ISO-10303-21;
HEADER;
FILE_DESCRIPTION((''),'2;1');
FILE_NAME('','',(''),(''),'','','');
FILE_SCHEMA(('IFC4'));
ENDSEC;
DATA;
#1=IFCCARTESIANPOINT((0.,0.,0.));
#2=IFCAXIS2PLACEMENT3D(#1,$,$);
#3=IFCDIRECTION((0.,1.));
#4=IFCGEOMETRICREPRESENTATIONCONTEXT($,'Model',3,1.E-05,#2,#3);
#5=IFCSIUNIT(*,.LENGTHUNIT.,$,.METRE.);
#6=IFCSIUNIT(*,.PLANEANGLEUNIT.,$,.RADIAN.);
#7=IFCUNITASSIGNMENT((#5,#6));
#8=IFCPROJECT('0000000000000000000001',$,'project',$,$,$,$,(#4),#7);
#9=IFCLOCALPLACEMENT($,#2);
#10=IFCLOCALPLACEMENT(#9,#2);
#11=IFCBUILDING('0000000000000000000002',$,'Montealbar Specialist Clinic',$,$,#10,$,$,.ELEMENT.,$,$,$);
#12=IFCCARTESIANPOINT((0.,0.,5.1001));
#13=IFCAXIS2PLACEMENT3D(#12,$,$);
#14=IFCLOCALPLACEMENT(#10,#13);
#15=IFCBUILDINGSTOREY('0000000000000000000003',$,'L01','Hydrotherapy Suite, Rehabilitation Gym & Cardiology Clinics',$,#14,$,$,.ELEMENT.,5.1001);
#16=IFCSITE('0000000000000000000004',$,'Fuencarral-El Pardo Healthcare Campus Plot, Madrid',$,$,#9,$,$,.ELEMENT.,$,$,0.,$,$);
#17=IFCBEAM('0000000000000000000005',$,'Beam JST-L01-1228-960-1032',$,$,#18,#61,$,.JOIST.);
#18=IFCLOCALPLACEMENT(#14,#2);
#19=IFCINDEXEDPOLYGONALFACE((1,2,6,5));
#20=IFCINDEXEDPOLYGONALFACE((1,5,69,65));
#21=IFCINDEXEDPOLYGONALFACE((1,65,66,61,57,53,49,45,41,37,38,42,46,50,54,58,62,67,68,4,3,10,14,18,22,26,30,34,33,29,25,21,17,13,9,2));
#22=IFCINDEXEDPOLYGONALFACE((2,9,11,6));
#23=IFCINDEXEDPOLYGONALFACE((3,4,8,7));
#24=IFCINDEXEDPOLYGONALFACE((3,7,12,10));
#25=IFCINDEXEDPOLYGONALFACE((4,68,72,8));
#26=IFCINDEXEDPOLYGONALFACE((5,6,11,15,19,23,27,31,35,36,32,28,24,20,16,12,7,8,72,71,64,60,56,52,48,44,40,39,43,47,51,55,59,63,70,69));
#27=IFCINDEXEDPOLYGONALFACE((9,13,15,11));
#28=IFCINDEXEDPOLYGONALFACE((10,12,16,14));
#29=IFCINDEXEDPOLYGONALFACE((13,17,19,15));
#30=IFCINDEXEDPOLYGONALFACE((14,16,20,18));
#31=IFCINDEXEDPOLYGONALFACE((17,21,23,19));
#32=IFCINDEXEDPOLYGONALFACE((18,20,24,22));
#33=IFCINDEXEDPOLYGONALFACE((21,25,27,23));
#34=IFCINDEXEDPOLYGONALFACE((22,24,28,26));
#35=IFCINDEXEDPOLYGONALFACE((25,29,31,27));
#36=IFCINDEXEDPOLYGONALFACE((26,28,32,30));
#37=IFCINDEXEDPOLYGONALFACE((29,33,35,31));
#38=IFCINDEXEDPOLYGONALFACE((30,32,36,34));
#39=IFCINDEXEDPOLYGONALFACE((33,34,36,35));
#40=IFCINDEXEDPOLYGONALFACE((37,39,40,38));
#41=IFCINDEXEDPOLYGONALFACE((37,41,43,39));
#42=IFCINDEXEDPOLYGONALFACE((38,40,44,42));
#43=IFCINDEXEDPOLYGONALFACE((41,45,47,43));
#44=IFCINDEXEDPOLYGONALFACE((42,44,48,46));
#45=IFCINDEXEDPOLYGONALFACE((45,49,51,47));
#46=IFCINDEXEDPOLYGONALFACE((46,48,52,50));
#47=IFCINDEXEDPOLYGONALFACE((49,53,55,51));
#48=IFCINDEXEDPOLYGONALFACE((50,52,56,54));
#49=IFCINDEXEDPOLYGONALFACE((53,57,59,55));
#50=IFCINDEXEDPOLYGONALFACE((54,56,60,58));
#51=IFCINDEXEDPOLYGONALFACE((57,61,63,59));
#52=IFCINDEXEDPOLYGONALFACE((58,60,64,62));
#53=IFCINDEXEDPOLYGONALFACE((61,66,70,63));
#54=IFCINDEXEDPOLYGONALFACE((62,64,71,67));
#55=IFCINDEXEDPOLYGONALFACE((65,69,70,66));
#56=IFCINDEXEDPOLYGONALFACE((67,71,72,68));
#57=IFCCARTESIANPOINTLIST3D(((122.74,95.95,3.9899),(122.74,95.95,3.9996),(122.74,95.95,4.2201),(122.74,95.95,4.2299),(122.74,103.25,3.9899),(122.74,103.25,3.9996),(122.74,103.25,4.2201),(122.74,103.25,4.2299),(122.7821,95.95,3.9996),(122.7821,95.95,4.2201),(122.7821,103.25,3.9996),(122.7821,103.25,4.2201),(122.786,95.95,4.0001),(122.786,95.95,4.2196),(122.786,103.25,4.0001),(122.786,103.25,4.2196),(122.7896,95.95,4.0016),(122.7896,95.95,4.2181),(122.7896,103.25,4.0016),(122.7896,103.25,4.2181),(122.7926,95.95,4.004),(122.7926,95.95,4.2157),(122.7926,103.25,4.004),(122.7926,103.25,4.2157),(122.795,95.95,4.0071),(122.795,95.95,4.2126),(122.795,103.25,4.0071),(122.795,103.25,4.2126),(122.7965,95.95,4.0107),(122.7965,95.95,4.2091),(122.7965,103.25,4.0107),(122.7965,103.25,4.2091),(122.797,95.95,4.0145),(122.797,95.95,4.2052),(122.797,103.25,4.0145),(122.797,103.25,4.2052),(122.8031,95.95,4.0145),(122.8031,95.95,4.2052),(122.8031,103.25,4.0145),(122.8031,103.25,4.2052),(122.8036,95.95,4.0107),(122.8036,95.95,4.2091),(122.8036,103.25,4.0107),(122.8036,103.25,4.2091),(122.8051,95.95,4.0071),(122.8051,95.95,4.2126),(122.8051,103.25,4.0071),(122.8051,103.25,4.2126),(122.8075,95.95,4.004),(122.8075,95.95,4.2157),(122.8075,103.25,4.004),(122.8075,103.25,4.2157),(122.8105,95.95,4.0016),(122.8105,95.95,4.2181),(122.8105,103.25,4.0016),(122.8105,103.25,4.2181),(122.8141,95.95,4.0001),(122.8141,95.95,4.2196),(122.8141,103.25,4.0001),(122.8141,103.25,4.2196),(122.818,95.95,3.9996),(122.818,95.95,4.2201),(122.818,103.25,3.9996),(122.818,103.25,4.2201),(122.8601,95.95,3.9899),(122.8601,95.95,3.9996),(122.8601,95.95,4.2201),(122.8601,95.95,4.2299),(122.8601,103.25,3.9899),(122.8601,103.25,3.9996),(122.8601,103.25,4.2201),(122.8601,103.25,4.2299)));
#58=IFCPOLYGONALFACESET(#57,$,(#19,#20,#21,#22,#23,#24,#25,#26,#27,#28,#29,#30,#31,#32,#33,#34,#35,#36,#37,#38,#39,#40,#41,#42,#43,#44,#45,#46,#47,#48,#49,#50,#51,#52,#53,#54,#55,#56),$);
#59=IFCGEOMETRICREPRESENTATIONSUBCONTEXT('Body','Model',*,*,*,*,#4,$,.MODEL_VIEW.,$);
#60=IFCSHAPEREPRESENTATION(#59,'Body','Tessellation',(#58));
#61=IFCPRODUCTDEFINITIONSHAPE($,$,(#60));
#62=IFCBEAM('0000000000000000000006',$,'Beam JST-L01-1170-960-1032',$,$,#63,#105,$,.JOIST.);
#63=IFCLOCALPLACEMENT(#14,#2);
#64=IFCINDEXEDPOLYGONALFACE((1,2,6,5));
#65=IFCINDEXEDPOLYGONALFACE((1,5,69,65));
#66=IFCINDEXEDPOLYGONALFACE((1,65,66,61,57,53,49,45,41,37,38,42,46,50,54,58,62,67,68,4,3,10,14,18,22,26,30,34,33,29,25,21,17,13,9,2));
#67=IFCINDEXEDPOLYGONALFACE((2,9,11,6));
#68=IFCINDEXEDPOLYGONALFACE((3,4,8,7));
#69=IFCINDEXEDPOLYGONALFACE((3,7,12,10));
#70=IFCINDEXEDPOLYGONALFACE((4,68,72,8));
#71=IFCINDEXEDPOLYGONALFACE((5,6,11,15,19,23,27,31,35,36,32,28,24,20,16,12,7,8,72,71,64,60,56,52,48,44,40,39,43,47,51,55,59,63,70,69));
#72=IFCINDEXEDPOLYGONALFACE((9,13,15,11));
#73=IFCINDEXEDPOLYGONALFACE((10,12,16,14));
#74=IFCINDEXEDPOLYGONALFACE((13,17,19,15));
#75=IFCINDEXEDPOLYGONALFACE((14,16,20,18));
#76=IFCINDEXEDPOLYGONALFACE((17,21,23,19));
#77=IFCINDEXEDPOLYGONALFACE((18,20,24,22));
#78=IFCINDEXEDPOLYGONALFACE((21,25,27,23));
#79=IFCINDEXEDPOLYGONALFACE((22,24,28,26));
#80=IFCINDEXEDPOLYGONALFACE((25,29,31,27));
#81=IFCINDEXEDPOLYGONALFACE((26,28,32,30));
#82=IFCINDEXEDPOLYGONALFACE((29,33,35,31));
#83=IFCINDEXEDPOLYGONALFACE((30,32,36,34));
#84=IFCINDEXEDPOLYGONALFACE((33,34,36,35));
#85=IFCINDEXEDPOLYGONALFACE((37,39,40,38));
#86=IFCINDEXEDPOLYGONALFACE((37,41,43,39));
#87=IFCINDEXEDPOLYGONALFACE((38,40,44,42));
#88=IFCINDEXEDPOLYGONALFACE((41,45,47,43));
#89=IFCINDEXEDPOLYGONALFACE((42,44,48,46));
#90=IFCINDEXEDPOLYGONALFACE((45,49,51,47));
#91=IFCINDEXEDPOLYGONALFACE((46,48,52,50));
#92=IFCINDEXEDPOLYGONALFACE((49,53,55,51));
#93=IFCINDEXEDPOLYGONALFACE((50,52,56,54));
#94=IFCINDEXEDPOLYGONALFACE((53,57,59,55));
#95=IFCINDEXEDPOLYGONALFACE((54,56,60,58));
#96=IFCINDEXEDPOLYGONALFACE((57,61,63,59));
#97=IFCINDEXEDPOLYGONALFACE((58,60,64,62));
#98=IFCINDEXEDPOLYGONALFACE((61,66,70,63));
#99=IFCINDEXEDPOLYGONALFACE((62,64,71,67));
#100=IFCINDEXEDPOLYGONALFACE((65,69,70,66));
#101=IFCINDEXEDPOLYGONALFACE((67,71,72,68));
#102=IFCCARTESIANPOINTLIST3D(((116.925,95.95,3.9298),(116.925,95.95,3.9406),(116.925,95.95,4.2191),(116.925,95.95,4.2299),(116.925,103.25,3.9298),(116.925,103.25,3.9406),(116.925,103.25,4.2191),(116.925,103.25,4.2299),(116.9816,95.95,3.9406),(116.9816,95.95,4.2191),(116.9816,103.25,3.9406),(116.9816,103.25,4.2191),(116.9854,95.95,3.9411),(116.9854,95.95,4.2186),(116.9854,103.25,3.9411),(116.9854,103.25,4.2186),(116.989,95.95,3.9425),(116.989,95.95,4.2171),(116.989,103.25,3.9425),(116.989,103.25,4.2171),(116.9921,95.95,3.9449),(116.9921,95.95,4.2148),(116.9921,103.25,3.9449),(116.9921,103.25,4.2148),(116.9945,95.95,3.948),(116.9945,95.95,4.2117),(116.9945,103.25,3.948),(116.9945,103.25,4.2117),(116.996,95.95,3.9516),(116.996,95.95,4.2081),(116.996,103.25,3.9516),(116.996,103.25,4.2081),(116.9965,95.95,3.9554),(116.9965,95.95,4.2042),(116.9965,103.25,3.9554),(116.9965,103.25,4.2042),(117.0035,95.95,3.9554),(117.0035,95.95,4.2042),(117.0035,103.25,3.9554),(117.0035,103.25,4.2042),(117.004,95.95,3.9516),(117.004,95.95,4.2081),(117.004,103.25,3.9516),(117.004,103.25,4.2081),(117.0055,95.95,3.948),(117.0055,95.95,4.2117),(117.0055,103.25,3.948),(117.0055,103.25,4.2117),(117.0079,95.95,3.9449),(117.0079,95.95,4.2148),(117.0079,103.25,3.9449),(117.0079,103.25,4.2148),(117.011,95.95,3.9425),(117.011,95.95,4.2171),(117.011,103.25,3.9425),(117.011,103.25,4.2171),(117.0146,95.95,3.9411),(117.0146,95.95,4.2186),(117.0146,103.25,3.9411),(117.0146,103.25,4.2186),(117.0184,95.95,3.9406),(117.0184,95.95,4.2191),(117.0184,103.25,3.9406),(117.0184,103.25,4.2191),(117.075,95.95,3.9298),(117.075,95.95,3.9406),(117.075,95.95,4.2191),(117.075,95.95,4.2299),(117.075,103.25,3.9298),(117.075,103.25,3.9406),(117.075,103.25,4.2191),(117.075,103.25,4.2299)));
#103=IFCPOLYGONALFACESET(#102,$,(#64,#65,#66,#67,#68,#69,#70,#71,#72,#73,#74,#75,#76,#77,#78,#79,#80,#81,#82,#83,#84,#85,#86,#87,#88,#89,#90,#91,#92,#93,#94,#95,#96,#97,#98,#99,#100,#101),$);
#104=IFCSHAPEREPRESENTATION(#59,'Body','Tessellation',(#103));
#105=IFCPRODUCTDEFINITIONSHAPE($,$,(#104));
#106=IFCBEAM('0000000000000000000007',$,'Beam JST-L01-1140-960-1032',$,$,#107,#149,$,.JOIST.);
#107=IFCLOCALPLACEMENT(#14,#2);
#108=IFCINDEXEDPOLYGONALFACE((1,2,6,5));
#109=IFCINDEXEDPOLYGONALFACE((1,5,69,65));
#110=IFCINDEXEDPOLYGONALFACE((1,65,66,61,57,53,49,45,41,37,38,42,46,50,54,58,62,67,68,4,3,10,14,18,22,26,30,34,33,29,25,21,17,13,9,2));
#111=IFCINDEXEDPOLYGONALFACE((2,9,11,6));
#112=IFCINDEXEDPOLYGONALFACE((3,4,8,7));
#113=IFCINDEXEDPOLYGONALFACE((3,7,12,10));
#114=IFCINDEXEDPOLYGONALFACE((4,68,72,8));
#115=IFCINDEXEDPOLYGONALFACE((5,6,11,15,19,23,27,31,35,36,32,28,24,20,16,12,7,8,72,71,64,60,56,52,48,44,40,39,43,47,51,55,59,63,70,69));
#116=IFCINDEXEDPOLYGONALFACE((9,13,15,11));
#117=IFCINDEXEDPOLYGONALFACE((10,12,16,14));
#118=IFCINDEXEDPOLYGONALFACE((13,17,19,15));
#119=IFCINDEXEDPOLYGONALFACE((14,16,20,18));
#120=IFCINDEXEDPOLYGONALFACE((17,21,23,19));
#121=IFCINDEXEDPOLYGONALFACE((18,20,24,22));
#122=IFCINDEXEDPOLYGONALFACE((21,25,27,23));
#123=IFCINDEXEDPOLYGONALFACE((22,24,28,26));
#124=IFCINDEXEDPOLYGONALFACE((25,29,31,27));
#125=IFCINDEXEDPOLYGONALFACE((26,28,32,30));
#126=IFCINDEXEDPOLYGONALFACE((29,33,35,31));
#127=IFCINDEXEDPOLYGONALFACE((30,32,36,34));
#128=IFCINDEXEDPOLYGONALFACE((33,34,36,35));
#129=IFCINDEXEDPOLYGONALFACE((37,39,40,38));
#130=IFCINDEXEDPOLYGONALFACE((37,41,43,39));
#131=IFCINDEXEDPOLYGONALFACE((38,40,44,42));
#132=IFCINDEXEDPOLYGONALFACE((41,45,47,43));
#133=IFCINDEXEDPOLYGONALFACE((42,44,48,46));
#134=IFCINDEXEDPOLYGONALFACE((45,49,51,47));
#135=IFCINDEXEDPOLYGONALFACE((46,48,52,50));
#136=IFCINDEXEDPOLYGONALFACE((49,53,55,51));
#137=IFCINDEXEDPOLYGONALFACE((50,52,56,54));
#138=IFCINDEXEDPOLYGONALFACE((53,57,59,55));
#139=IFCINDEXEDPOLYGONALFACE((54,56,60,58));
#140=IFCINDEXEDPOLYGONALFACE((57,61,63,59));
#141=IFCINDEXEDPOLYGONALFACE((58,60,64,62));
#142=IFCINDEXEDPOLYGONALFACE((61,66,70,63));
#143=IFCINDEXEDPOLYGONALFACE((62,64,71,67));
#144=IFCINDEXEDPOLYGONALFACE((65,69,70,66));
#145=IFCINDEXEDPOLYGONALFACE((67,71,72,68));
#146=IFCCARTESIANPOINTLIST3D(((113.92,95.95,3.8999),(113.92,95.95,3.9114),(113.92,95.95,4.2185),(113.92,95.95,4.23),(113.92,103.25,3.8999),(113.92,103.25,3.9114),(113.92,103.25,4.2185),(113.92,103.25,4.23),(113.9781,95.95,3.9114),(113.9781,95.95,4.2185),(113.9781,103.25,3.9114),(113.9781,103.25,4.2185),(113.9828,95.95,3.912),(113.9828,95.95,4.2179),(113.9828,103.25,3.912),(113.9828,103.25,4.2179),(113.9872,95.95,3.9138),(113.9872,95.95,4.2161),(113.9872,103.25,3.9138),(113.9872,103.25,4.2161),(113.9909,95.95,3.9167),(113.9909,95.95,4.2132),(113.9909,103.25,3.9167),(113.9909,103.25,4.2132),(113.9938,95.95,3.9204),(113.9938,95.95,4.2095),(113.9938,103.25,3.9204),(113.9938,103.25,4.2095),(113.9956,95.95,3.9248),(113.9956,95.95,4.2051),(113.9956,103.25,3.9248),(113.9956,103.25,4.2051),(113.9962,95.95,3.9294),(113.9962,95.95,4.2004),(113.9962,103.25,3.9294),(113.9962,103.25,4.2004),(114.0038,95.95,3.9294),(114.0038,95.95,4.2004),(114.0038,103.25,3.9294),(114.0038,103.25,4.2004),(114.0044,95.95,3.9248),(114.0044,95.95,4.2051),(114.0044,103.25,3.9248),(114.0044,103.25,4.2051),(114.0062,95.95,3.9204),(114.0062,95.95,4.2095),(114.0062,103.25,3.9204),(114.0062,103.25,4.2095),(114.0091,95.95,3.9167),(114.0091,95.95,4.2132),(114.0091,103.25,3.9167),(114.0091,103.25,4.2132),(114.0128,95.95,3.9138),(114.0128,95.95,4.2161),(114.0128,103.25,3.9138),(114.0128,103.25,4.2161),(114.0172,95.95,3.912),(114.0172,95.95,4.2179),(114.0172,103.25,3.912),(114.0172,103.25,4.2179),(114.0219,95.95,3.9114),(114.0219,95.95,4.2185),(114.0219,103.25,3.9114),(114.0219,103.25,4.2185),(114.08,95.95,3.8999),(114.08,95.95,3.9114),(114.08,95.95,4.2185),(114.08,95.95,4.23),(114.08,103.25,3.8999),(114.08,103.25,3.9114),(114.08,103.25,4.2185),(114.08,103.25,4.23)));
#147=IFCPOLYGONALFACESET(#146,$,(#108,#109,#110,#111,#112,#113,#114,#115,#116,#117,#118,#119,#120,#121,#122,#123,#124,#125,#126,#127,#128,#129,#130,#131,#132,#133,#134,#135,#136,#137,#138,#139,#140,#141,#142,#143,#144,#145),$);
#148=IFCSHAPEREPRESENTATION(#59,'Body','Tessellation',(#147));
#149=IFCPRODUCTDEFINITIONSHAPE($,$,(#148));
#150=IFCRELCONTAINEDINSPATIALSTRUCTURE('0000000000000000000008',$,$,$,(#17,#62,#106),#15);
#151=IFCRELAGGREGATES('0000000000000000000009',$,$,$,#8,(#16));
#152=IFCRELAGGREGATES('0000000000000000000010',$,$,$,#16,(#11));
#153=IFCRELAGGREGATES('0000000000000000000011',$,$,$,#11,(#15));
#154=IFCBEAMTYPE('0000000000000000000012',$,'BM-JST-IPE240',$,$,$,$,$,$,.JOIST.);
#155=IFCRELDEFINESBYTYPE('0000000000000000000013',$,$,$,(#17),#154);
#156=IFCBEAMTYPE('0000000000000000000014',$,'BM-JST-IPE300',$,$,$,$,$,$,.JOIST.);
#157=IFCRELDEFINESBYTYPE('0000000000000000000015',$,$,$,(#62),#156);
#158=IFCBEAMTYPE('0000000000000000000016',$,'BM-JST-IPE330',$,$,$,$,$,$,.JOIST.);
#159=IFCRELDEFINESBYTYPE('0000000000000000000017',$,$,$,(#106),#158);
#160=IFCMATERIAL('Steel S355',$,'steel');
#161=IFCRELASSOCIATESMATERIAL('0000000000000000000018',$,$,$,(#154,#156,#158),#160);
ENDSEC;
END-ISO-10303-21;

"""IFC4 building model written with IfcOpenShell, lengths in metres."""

from ifc_helpers import new_model, si_unit, direction, frame, origin, origin_2d, place, context, subcontext, project, spatial, i_section, extrude, material, material_profile, profile_set, type_object, element, save


model = new_model("IFC4")

# Units and contexts
model_context = context("Model", 3, precision=1e-05, world=origin(), true_north=direction((0.0, 1.0)))
body_context = subcontext(model_context, "Body", "Model", "MODEL_VIEW")
ifc_project = project(units=[si_unit("LENGTHUNIT", "METRE"), si_unit("PLANEANGLEUNIT", "RADIAN")], contexts=[model_context])

# Site, building, storey
site_placement = place(None, origin())
site = spatial("IfcSite", under=ifc_project, at=site_placement, Name="Fuencarral-El Pardo Healthcare Campus Plot, Madrid", CompositionType="ELEMENT", RefElevation=0.0)
building_placement = place(site_placement, origin())
building = spatial("IfcBuilding", under=site, at=building_placement, Name="Montealbar Specialist Clinic", CompositionType="ELEMENT")
storey_placement = place(building_placement, frame((0.0, 0.0, 5.1001)))
storey = spatial("IfcBuildingStorey", under=building, at=storey_placement, Name="L01", Description="Hydrotherapy Suite, Rehabilitation Gym & Cardiology Clinics", CompositionType="ELEMENT", Elevation=5.1001)

# Shared definitions
ifc_material_1 = material(Name="Steel S355", Category="steel")

# Beams
ifc_material_profile_1 = material_profile(ifc_material_1, i_section(OverallWidth=0.1201, OverallDepth=0.24, WebThickness=0.0061, FlangeThickness=0.0098, FilletRadius=0.0149, at=origin_2d()), Name="IPE 240", Category="steel")
ifc_profile_set_1 = profile_set([ifc_material_profile_1], Name="Steel S355")
beam_type_1 = type_object("IfcBeamType", Name="BM-JST-IPE240", PredefinedType="JOIST", material=ifc_profile_set_1)
beam_1_placement = place(storey_placement, frame((122.8, 95.95, 4.1099), z_axis=(0.0, 1.0, 0.0), x_axis=(-1.0, 0.0, 0.0)))
element("IfcBeam", 1, at=beam_1_placement, inside=storey, type_object=beam_type_1, Name="Beam JST-L01-1228-960-1032", PredefinedType="JOIST", context=body_context, shape_type="SweptSolid", body=[
    extrude(i_section(OverallWidth=0.1201, OverallDepth=0.24, WebThickness=0.0061, FlangeThickness=0.0098, FilletRadius=0.0149, at=origin_2d()), origin(), (0.0, 0.0, 1.0), 7.3),
])
ifc_material_profile_2 = material_profile(ifc_material_1, i_section(OverallWidth=0.1499, OverallDepth=0.3, WebThickness=0.0071, FlangeThickness=0.0107, FilletRadius=0.0149, at=origin_2d()), Name="IPE 300", Category="steel")
ifc_profile_set_2 = profile_set([ifc_material_profile_2], Name="Steel S355")
beam_type_2 = type_object("IfcBeamType", Name="BM-JST-IPE300", PredefinedType="JOIST", material=ifc_profile_set_2)
beam_2_placement = place(storey_placement, frame((117.0, 95.95, 4.0798), z_axis=(0.0, 1.0, 0.0), x_axis=(-1.0, 0.0, 0.0)))
element("IfcBeam", 2, at=beam_2_placement, inside=storey, type_object=beam_type_2, Name="Beam JST-L01-1170-960-1032", PredefinedType="JOIST", context=body_context, shape_type="SweptSolid", body=[
    extrude(i_section(OverallWidth=0.1499, OverallDepth=0.3, WebThickness=0.0071, FlangeThickness=0.0107, FilletRadius=0.0149, at=origin_2d()), origin(), (0.0, 0.0, 1.0), 7.3),
])
ifc_material_profile_3 = material_profile(ifc_material_1, i_section(OverallWidth=0.1599, OverallDepth=0.3301, WebThickness=0.0076, FlangeThickness=0.0115, FilletRadius=0.0181, at=origin_2d()), Name="IPE 330", Category="steel")
ifc_profile_set_3 = profile_set([ifc_material_profile_3], Name="Steel S355")
beam_type_3 = type_object("IfcBeamType", Name="BM-JST-IPE330", PredefinedType="JOIST", material=ifc_profile_set_3)
beam_3_placement = place(storey_placement, frame((114.0, 95.95, 4.0649), z_axis=(0.0, 1.0, 0.0), x_axis=(-1.0, 0.0, 0.0)))
element("IfcBeam", 3, at=beam_3_placement, inside=storey, type_object=beam_type_3, Name="Beam JST-L01-1140-960-1032", PredefinedType="JOIST", context=body_context, shape_type="SweptSolid", body=[
    extrude(i_section(OverallWidth=0.1599, OverallDepth=0.3301, WebThickness=0.0076, FlangeThickness=0.0115, FilletRadius=0.0181, at=origin_2d()), origin(), (0.0, 0.0, 1.0), 7.3),
])

save(model, "model.ifc")
